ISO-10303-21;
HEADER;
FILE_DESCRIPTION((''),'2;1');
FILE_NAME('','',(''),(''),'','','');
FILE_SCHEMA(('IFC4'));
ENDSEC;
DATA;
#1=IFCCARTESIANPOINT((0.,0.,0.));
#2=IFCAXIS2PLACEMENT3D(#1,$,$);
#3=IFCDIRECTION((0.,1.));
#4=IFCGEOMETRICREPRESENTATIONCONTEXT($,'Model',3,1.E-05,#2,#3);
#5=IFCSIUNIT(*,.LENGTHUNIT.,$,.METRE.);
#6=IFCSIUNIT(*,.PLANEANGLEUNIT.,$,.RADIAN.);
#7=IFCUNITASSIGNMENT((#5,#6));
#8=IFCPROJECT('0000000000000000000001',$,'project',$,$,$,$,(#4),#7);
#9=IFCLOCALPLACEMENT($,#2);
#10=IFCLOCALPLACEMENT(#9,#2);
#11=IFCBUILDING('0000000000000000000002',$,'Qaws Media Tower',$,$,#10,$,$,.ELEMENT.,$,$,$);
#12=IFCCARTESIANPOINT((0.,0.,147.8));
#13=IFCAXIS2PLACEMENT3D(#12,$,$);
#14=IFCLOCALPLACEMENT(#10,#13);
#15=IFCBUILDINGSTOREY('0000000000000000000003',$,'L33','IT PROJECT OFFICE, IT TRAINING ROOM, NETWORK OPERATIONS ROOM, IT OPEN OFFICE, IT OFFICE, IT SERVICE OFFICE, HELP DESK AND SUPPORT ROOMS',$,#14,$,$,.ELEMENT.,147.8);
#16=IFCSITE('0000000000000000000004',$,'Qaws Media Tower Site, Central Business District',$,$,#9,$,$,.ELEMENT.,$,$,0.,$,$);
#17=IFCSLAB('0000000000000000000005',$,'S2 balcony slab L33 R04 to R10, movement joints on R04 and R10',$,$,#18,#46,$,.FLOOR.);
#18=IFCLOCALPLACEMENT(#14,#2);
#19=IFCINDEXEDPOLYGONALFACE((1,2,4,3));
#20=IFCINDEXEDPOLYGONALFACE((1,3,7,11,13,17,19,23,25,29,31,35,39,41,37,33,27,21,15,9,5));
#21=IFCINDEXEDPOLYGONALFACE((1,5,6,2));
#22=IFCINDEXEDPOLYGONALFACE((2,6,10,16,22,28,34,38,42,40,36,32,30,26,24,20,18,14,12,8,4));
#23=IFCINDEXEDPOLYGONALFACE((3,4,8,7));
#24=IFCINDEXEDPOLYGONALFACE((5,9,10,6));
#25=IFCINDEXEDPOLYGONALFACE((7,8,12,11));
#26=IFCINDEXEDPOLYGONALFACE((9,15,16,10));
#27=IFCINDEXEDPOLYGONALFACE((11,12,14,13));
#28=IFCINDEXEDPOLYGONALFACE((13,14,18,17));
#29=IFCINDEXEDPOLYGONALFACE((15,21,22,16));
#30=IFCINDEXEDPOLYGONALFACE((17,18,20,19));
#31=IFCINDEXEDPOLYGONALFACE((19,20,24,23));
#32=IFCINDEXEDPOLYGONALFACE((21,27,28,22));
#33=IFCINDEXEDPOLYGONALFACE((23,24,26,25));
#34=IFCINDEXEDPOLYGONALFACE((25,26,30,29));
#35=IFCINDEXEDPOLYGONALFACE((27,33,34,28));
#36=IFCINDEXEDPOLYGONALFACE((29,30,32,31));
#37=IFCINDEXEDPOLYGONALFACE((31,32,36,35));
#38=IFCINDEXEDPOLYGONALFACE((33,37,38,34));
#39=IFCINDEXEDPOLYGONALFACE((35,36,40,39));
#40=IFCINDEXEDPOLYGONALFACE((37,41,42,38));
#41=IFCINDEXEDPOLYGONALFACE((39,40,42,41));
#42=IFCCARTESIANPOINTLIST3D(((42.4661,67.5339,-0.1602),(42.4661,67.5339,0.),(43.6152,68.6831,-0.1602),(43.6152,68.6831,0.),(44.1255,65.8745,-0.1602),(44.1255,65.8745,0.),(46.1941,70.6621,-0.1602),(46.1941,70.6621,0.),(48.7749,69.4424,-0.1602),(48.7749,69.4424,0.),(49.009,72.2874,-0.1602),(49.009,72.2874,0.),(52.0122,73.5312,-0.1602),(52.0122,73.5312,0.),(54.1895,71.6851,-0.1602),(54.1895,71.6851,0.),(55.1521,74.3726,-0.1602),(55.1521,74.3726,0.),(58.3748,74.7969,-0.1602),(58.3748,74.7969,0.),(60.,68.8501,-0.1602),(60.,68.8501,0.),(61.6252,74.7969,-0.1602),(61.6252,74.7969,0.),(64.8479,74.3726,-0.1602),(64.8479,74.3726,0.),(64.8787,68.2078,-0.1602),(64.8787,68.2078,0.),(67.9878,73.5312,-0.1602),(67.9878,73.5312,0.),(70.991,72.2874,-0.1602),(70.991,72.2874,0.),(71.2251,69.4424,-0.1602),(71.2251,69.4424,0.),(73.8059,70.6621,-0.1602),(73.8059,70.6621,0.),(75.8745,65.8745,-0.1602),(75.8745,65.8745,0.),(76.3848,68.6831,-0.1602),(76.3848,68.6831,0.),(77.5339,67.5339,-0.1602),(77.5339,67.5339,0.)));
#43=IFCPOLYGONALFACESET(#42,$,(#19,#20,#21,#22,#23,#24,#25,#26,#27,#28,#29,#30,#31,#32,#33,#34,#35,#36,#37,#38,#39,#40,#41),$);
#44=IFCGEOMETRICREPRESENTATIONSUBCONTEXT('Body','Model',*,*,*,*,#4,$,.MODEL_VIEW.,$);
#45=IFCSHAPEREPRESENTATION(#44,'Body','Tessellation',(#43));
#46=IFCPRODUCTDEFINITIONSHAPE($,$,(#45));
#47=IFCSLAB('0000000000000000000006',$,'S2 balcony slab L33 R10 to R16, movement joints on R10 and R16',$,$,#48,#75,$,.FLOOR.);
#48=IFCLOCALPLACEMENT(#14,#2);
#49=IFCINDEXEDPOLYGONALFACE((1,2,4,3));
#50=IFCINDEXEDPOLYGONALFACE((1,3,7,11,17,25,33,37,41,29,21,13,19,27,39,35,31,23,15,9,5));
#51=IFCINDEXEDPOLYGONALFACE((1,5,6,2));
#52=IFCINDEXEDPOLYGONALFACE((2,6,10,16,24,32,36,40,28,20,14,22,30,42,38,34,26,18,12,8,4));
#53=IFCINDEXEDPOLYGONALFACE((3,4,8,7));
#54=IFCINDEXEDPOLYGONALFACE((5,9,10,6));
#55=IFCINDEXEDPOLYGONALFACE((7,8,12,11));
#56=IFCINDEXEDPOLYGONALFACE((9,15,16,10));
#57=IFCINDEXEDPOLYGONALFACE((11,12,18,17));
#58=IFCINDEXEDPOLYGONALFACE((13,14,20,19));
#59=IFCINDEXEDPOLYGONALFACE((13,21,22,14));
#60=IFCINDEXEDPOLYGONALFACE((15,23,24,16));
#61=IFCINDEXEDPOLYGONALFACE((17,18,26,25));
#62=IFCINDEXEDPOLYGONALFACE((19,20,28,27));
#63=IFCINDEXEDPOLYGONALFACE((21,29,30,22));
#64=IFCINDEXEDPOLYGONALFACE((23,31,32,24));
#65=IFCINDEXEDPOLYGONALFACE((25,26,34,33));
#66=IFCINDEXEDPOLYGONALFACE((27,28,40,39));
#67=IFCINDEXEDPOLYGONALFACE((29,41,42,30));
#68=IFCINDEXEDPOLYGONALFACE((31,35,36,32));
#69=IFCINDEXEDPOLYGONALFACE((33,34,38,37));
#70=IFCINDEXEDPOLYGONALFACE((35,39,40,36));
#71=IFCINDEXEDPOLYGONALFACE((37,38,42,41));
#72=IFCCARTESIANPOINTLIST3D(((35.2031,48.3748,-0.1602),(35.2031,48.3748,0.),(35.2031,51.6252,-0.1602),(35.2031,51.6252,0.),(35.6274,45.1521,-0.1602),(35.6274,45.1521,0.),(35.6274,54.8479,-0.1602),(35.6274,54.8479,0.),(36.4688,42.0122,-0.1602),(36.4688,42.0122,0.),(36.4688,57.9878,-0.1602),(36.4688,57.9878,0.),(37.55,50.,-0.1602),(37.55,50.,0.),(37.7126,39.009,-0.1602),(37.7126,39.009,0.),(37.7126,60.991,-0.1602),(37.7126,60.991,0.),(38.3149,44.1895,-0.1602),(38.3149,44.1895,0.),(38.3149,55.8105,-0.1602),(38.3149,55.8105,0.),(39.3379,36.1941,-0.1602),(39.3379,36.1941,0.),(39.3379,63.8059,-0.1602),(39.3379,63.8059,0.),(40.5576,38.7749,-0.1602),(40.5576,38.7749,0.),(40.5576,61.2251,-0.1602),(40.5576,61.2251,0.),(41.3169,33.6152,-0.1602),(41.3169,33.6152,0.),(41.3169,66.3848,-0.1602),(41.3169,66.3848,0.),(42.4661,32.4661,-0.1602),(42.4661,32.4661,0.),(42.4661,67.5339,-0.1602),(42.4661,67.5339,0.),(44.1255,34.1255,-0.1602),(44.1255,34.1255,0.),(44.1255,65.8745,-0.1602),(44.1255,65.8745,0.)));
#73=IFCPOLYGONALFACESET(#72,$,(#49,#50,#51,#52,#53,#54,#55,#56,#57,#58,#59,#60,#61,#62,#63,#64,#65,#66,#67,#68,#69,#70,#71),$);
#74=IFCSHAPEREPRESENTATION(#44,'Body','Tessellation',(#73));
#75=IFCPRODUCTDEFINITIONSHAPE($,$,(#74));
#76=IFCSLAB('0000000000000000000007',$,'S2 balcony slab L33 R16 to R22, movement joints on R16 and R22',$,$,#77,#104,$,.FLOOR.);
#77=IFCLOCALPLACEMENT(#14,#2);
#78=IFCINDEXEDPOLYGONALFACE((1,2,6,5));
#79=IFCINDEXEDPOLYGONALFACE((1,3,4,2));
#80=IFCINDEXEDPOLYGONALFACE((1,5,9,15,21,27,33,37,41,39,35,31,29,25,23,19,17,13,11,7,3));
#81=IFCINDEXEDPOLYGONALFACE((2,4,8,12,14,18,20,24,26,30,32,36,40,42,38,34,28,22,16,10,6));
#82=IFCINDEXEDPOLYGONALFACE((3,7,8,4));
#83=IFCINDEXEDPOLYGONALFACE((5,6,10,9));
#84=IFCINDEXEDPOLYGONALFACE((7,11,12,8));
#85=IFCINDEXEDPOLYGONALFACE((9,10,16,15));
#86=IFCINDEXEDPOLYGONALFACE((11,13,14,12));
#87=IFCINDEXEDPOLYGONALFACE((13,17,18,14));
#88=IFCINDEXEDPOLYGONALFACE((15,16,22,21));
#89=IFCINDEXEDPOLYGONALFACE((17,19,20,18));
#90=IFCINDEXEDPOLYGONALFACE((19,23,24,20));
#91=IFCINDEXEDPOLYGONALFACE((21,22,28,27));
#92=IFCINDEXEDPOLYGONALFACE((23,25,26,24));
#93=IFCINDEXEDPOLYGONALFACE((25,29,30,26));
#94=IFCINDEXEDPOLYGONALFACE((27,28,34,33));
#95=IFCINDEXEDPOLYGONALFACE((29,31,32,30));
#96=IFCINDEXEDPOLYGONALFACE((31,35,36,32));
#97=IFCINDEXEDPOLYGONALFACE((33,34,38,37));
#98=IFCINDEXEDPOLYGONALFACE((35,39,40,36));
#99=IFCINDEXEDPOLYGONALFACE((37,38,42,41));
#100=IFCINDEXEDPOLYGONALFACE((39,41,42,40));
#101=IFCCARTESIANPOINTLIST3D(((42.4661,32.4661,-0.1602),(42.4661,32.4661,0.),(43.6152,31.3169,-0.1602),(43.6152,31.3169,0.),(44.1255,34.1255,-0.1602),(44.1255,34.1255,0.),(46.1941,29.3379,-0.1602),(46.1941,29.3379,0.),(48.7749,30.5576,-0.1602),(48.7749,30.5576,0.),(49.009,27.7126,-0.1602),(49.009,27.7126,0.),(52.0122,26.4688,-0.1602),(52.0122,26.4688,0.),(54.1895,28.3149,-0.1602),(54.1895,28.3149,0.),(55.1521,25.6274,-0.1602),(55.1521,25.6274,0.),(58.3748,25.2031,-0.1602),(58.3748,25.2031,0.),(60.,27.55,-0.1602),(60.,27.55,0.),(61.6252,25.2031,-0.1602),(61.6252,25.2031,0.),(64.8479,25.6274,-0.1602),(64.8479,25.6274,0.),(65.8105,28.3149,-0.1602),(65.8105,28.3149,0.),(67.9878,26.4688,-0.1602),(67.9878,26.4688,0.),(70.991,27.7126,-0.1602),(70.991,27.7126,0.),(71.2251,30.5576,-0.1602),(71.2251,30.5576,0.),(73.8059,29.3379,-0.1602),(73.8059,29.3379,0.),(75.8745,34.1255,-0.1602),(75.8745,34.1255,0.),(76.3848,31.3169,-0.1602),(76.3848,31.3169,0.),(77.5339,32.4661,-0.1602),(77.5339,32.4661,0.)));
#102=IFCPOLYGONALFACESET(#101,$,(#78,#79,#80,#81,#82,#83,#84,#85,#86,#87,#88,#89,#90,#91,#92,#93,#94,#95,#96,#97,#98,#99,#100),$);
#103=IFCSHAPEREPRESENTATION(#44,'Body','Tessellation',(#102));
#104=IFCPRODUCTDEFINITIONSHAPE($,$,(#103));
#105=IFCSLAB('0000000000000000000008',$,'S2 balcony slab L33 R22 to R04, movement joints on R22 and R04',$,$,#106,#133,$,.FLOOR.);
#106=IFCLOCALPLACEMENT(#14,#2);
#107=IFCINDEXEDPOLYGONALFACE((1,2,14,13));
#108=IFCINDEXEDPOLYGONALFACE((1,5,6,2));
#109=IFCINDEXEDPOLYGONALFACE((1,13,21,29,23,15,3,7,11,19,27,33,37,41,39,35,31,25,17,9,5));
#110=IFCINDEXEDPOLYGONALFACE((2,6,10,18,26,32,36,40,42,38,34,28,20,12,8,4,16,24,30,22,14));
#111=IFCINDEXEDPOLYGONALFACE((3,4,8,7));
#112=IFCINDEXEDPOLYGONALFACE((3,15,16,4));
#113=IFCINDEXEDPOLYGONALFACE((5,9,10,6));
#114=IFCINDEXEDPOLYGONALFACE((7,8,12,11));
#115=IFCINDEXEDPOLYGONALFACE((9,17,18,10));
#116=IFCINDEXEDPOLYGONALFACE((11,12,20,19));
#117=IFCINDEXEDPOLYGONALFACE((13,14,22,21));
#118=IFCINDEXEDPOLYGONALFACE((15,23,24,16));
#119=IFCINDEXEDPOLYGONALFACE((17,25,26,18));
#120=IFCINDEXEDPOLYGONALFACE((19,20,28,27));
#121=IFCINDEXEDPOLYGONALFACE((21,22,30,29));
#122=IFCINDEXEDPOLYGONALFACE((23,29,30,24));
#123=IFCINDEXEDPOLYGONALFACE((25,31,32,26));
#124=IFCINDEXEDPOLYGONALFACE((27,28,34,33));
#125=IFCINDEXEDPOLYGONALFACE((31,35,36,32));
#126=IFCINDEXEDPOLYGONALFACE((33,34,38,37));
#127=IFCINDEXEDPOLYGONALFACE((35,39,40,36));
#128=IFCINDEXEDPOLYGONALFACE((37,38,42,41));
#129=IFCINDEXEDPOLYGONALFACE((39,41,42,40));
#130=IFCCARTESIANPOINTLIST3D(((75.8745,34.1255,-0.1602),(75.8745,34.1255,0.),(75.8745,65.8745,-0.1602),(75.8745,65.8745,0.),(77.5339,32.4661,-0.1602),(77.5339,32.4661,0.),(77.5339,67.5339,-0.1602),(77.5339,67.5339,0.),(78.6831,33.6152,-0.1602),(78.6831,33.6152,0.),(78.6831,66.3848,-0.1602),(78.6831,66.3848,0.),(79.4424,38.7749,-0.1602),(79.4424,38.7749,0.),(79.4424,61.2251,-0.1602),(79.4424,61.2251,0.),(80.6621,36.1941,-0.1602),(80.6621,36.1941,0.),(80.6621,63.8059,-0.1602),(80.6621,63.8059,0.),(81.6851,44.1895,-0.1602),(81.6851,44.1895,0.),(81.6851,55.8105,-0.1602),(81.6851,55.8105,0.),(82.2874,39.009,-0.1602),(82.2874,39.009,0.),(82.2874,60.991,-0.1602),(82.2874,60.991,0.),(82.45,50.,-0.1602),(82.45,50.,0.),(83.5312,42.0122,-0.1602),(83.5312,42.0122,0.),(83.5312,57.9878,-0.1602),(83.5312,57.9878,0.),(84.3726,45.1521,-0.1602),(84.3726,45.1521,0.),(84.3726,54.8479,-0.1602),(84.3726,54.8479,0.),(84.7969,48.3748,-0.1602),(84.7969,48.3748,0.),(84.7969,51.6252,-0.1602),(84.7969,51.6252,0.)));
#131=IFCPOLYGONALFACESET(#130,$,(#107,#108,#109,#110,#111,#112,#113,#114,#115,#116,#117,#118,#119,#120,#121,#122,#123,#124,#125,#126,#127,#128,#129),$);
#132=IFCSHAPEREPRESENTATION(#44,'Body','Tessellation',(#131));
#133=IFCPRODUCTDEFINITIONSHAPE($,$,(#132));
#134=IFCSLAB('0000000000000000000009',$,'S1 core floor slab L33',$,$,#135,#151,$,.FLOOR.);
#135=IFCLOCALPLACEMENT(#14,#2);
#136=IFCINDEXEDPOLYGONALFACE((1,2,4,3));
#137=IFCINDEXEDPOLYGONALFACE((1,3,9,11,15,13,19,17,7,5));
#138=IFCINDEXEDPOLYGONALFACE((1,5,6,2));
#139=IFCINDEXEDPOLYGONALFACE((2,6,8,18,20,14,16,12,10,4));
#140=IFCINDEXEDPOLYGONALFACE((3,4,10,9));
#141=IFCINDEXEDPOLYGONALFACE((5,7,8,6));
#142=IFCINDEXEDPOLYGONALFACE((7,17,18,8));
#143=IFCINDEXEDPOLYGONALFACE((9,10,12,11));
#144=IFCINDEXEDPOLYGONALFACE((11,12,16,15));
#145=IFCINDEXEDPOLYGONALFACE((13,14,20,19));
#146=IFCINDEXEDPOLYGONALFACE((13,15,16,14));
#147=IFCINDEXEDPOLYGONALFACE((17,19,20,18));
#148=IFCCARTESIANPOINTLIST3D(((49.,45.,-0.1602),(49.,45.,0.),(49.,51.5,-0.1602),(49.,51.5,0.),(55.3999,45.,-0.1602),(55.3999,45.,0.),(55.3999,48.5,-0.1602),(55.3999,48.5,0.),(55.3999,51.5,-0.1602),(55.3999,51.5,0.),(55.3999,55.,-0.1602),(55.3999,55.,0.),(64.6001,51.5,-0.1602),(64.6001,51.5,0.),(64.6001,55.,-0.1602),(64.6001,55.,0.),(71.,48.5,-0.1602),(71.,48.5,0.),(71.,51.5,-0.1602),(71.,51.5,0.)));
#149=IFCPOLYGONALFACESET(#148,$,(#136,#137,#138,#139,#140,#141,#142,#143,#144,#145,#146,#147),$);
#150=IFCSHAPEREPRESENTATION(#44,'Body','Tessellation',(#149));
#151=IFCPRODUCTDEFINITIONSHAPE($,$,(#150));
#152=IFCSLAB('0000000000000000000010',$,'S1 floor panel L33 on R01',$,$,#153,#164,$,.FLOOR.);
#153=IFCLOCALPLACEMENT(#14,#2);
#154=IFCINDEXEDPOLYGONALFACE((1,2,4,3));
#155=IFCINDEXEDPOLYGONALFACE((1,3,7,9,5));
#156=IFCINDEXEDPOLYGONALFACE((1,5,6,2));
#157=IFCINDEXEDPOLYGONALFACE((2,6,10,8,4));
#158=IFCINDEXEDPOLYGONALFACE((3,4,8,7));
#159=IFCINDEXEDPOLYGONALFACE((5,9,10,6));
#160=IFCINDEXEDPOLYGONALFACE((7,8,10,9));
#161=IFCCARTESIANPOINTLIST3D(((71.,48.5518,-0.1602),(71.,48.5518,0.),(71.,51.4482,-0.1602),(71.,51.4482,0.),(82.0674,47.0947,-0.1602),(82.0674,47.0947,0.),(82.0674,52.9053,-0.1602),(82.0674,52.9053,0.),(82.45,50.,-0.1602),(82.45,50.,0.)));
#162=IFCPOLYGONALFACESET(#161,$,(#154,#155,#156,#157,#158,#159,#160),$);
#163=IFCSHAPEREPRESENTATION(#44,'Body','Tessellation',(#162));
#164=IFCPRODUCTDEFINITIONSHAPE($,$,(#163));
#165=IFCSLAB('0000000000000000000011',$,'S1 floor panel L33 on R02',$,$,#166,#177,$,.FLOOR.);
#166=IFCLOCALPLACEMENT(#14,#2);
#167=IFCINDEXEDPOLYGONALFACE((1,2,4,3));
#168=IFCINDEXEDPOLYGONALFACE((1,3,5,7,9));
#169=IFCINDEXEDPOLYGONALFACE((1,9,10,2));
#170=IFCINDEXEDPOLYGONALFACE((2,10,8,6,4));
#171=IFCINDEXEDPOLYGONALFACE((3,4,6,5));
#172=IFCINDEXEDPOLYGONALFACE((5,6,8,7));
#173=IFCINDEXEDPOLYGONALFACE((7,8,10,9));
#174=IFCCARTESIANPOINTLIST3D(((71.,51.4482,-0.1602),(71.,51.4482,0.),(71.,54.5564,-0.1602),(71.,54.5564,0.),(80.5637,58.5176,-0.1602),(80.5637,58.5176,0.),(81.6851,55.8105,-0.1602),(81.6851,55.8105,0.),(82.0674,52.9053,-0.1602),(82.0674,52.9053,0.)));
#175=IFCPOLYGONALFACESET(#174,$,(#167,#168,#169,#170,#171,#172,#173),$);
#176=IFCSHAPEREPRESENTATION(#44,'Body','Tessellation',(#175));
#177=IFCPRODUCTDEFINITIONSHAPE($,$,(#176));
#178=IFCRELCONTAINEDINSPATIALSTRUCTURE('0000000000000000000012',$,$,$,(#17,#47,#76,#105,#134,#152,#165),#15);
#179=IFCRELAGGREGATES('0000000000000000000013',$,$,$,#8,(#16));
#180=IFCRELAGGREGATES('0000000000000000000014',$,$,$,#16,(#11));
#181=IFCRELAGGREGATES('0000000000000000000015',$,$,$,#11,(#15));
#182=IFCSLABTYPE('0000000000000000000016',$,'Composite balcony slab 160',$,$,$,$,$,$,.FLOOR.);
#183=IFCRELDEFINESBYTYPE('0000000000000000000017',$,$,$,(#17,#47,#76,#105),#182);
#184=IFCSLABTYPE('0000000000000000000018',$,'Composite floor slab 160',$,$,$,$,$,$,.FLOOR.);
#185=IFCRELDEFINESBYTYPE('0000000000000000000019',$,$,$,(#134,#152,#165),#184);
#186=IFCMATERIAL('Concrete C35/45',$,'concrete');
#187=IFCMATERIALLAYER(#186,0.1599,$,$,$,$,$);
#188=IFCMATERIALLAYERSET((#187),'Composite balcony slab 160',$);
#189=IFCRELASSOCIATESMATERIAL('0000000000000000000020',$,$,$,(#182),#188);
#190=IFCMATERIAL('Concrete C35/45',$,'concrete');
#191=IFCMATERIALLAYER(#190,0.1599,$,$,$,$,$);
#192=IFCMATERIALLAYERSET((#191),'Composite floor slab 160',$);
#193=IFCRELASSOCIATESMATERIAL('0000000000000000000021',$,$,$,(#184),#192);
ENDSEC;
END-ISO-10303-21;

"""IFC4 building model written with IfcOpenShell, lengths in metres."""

from ifc_helpers import new_model, si_unit, direction, frame, origin, place, context, subcontext, project, spatial, polyline, outline, extrude, material, layer, layer_set, type_object, element, save


model = new_model("IFC4")

# Units and contexts
model_context = context("Model", 3, precision=1e-05, world=origin(), true_north=direction((0.0, 1.0)))
body_context = subcontext(model_context, "Body", "Model", "MODEL_VIEW")
ifc_project = project(units=[si_unit("LENGTHUNIT", "METRE"), si_unit("PLANEANGLEUNIT", "RADIAN")], contexts=[model_context])

# Site, building, storey
site_placement = place(None, origin())
site = spatial("IfcSite", under=ifc_project, at=site_placement, Name="Qaws Media Tower Site, Central Business District", CompositionType="ELEMENT", RefElevation=0.0)
building_placement = place(site_placement, origin())
building = spatial("IfcBuilding", under=site, at=building_placement, Name="Qaws Media Tower", CompositionType="ELEMENT")
storey_placement = place(building_placement, frame((0.0, 0.0, 147.8)))
storey = spatial("IfcBuildingStorey", under=building, at=storey_placement, Name="L33", Description="IT PROJECT OFFICE, IT TRAINING ROOM, NETWORK OPERATIONS ROOM, IT OPEN OFFICE, IT OFFICE, IT SERVICE OFFICE, HELP DESK AND SUPPORT ROOMS", CompositionType="ELEMENT", Elevation=147.8)

# Slabs
ifc_material_1 = material(Name="Concrete C35/45", Category="concrete")
ifc_layer_1 = layer(ifc_material_1, 0.1599)
ifc_layer_set_1 = layer_set([ifc_layer_1], Name="Composite balcony slab 160")
slab_type_1 = type_object("IfcSlabType", Name="Composite balcony slab 160", PredefinedType="FLOOR", material=ifc_layer_set_1)
slab_1_placement = place(storey_placement, frame((0.0, 0.0, -0.1602)))
element("IfcSlab", 1, at=slab_1_placement, inside=storey, type_object=slab_type_1, Name="S2 balcony slab L33 R04 to R10, movement joints on R04 and R10", PredefinedType="FLOOR", context=body_context, shape_type="SweptSolid", body=[
    extrude(outline(polyline([(43.6152, 68.6831), (46.1941, 70.6621), (49.009, 72.2874), (52.0122, 73.5312), (55.1521, 74.3726), (58.3748, 74.7969), (61.6252, 74.7969), (64.8479, 74.3726), (67.9878, 73.5312), (70.991, 72.2874), (73.8059, 70.6621), (76.3848, 68.6831), (77.5339, 67.5339), (75.8745, 65.8745), (71.2251, 69.4424), (64.8787, 68.2078), (60.0, 68.8501), (54.1895, 71.6851), (48.7749, 69.4424), (44.1255, 65.8745), (42.4661, 67.5339), (43.6152, 68.6831)])), origin(), (0.0, 0.0, 1.0), 0.1602),
])
slab_2_placement = place(storey_placement, frame((0.0, 0.0, -0.1602)))
element("IfcSlab", 2, at=slab_2_placement, inside=storey, type_object=slab_type_1, Name="S2 balcony slab L33 R10 to R16, movement joints on R10 and R16", PredefinedType="FLOOR", context=body_context, shape_type="SweptSolid", body=[
    extrude(outline(polyline([(41.3169, 33.6152), (39.3379, 36.1941), (37.7126, 39.009), (36.4688, 42.0122), (35.6274, 45.1521), (35.2031, 48.3748), (35.2031, 51.6252), (35.6274, 54.8479), (36.4688, 57.9878), (37.7126, 60.991), (39.3379, 63.8059), (41.3169, 66.3848), (42.4661, 67.5339), (44.1255, 65.8745), (40.5576, 61.2251), (38.3149, 55.8105), (37.55, 50.0), (38.3149, 44.1895), (40.5576, 38.7749), (44.1255, 34.1255), (42.4661, 32.4661), (41.3169, 33.6152)])), origin(), (0.0, 0.0, 1.0), 0.1602),
])
slab_3_placement = place(storey_placement, frame((0.0, 0.0, -0.1602)))
element("IfcSlab", 3, at=slab_3_placement, inside=storey, type_object=slab_type_1, Name="S2 balcony slab L33 R16 to R22, movement joints on R16 and R22", PredefinedType="FLOOR", context=body_context, shape_type="SweptSolid", body=[
    extrude(outline(polyline([(76.3848, 31.3169), (73.8059, 29.3379), (70.991, 27.7126), (67.9878, 26.4688), (64.8479, 25.6274), (61.6252, 25.2031), (58.3748, 25.2031), (55.1521, 25.6274), (52.0122, 26.4688), (49.009, 27.7126), (46.1941, 29.3379), (43.6152, 31.3169), (42.4661, 32.4661), (44.1255, 34.1255), (48.7749, 30.5576), (54.1895, 28.3149), (60.0, 27.55), (65.8105, 28.3149), (71.2251, 30.5576), (75.8745, 34.1255), (77.5339, 32.4661), (76.3848, 31.3169)])), origin(), (0.0, 0.0, 1.0), 0.1602),
])
slab_4_placement = place(storey_placement, frame((0.0, 0.0, -0.1602)))
element("IfcSlab", 4, at=slab_4_placement, inside=storey, type_object=slab_type_1, Name="S2 balcony slab L33 R22 to R04, movement joints on R22 and R04", PredefinedType="FLOOR", context=body_context, shape_type="SweptSolid", body=[
    extrude(outline(polyline([(84.3726, 45.1521), (83.5312, 42.0122), (82.2874, 39.009), (80.6621, 36.1941), (78.6831, 33.6152), (77.5339, 32.4661), (75.8745, 34.1255), (79.4424, 38.7749), (81.6851, 44.1895), (82.45, 50.0), (81.6851, 55.8105), (79.4424, 61.2251), (75.8745, 65.8745), (77.5339, 67.5339), (78.6831, 66.3848), (80.6621, 63.8059), (82.2874, 60.991), (83.5312, 57.9878), (84.3726, 54.8479), (84.7969, 51.6252), (84.7969, 48.3748), (84.3726, 45.1521)])), origin(), (0.0, 0.0, 1.0), 0.1602),
])
ifc_material_2 = material(Name="Concrete C35/45", Category="concrete")
ifc_layer_2 = layer(ifc_material_2, 0.1599)
ifc_layer_set_2 = layer_set([ifc_layer_2], Name="Composite floor slab 160")
slab_type_2 = type_object("IfcSlabType", Name="Composite floor slab 160", PredefinedType="FLOOR", material=ifc_layer_set_2)
slab_5_placement = place(storey_placement, frame((0.0, 0.0, -0.1602)))
element("IfcSlab", 5, at=slab_5_placement, inside=storey, type_object=slab_type_2, Name="S1 core floor slab L33", PredefinedType="FLOOR", context=body_context, shape_type="SweptSolid", body=[
    extrude(outline(polyline([(71.0, 51.5), (71.0, 48.5), (55.3999, 48.5), (55.3999, 45.0), (49.0, 45.0), (49.0, 51.5), (55.3999, 51.5), (55.3999, 55.0), (64.6001, 55.0), (64.6001, 51.5), (71.0, 51.5)])), origin(), (0.0, 0.0, 1.0), 0.1602),
])
slab_6_placement = place(storey_placement, frame((0.0, 0.0, -0.1602)))
element("IfcSlab", 6, at=slab_6_placement, inside=storey, type_object=slab_type_2, Name="S1 floor panel L33 on R01", PredefinedType="FLOOR", context=body_context, shape_type="SweptSolid", body=[
    extrude(outline(polyline([(82.45, 50.0), (82.0674, 47.0947), (71.0, 48.5518), (71.0, 51.4482), (82.0674, 52.9053), (82.45, 50.0)])), origin(), (0.0, 0.0, 1.0), 0.1602),
])
slab_7_placement = place(storey_placement, frame((0.0, 0.0, -0.1602)))
element("IfcSlab", 7, at=slab_7_placement, inside=storey, type_object=slab_type_2, Name="S1 floor panel L33 on R02", PredefinedType="FLOOR", context=body_context, shape_type="SweptSolid", body=[
    extrude(outline(polyline([(81.6851, 55.8105), (82.0674, 52.9053), (71.0, 51.4482), (71.0, 54.5564), (80.5637, 58.5176), (81.6851, 55.8105)])), origin(), (0.0, 0.0, 1.0), 0.1602),
])

save(model, "model.ifc")
